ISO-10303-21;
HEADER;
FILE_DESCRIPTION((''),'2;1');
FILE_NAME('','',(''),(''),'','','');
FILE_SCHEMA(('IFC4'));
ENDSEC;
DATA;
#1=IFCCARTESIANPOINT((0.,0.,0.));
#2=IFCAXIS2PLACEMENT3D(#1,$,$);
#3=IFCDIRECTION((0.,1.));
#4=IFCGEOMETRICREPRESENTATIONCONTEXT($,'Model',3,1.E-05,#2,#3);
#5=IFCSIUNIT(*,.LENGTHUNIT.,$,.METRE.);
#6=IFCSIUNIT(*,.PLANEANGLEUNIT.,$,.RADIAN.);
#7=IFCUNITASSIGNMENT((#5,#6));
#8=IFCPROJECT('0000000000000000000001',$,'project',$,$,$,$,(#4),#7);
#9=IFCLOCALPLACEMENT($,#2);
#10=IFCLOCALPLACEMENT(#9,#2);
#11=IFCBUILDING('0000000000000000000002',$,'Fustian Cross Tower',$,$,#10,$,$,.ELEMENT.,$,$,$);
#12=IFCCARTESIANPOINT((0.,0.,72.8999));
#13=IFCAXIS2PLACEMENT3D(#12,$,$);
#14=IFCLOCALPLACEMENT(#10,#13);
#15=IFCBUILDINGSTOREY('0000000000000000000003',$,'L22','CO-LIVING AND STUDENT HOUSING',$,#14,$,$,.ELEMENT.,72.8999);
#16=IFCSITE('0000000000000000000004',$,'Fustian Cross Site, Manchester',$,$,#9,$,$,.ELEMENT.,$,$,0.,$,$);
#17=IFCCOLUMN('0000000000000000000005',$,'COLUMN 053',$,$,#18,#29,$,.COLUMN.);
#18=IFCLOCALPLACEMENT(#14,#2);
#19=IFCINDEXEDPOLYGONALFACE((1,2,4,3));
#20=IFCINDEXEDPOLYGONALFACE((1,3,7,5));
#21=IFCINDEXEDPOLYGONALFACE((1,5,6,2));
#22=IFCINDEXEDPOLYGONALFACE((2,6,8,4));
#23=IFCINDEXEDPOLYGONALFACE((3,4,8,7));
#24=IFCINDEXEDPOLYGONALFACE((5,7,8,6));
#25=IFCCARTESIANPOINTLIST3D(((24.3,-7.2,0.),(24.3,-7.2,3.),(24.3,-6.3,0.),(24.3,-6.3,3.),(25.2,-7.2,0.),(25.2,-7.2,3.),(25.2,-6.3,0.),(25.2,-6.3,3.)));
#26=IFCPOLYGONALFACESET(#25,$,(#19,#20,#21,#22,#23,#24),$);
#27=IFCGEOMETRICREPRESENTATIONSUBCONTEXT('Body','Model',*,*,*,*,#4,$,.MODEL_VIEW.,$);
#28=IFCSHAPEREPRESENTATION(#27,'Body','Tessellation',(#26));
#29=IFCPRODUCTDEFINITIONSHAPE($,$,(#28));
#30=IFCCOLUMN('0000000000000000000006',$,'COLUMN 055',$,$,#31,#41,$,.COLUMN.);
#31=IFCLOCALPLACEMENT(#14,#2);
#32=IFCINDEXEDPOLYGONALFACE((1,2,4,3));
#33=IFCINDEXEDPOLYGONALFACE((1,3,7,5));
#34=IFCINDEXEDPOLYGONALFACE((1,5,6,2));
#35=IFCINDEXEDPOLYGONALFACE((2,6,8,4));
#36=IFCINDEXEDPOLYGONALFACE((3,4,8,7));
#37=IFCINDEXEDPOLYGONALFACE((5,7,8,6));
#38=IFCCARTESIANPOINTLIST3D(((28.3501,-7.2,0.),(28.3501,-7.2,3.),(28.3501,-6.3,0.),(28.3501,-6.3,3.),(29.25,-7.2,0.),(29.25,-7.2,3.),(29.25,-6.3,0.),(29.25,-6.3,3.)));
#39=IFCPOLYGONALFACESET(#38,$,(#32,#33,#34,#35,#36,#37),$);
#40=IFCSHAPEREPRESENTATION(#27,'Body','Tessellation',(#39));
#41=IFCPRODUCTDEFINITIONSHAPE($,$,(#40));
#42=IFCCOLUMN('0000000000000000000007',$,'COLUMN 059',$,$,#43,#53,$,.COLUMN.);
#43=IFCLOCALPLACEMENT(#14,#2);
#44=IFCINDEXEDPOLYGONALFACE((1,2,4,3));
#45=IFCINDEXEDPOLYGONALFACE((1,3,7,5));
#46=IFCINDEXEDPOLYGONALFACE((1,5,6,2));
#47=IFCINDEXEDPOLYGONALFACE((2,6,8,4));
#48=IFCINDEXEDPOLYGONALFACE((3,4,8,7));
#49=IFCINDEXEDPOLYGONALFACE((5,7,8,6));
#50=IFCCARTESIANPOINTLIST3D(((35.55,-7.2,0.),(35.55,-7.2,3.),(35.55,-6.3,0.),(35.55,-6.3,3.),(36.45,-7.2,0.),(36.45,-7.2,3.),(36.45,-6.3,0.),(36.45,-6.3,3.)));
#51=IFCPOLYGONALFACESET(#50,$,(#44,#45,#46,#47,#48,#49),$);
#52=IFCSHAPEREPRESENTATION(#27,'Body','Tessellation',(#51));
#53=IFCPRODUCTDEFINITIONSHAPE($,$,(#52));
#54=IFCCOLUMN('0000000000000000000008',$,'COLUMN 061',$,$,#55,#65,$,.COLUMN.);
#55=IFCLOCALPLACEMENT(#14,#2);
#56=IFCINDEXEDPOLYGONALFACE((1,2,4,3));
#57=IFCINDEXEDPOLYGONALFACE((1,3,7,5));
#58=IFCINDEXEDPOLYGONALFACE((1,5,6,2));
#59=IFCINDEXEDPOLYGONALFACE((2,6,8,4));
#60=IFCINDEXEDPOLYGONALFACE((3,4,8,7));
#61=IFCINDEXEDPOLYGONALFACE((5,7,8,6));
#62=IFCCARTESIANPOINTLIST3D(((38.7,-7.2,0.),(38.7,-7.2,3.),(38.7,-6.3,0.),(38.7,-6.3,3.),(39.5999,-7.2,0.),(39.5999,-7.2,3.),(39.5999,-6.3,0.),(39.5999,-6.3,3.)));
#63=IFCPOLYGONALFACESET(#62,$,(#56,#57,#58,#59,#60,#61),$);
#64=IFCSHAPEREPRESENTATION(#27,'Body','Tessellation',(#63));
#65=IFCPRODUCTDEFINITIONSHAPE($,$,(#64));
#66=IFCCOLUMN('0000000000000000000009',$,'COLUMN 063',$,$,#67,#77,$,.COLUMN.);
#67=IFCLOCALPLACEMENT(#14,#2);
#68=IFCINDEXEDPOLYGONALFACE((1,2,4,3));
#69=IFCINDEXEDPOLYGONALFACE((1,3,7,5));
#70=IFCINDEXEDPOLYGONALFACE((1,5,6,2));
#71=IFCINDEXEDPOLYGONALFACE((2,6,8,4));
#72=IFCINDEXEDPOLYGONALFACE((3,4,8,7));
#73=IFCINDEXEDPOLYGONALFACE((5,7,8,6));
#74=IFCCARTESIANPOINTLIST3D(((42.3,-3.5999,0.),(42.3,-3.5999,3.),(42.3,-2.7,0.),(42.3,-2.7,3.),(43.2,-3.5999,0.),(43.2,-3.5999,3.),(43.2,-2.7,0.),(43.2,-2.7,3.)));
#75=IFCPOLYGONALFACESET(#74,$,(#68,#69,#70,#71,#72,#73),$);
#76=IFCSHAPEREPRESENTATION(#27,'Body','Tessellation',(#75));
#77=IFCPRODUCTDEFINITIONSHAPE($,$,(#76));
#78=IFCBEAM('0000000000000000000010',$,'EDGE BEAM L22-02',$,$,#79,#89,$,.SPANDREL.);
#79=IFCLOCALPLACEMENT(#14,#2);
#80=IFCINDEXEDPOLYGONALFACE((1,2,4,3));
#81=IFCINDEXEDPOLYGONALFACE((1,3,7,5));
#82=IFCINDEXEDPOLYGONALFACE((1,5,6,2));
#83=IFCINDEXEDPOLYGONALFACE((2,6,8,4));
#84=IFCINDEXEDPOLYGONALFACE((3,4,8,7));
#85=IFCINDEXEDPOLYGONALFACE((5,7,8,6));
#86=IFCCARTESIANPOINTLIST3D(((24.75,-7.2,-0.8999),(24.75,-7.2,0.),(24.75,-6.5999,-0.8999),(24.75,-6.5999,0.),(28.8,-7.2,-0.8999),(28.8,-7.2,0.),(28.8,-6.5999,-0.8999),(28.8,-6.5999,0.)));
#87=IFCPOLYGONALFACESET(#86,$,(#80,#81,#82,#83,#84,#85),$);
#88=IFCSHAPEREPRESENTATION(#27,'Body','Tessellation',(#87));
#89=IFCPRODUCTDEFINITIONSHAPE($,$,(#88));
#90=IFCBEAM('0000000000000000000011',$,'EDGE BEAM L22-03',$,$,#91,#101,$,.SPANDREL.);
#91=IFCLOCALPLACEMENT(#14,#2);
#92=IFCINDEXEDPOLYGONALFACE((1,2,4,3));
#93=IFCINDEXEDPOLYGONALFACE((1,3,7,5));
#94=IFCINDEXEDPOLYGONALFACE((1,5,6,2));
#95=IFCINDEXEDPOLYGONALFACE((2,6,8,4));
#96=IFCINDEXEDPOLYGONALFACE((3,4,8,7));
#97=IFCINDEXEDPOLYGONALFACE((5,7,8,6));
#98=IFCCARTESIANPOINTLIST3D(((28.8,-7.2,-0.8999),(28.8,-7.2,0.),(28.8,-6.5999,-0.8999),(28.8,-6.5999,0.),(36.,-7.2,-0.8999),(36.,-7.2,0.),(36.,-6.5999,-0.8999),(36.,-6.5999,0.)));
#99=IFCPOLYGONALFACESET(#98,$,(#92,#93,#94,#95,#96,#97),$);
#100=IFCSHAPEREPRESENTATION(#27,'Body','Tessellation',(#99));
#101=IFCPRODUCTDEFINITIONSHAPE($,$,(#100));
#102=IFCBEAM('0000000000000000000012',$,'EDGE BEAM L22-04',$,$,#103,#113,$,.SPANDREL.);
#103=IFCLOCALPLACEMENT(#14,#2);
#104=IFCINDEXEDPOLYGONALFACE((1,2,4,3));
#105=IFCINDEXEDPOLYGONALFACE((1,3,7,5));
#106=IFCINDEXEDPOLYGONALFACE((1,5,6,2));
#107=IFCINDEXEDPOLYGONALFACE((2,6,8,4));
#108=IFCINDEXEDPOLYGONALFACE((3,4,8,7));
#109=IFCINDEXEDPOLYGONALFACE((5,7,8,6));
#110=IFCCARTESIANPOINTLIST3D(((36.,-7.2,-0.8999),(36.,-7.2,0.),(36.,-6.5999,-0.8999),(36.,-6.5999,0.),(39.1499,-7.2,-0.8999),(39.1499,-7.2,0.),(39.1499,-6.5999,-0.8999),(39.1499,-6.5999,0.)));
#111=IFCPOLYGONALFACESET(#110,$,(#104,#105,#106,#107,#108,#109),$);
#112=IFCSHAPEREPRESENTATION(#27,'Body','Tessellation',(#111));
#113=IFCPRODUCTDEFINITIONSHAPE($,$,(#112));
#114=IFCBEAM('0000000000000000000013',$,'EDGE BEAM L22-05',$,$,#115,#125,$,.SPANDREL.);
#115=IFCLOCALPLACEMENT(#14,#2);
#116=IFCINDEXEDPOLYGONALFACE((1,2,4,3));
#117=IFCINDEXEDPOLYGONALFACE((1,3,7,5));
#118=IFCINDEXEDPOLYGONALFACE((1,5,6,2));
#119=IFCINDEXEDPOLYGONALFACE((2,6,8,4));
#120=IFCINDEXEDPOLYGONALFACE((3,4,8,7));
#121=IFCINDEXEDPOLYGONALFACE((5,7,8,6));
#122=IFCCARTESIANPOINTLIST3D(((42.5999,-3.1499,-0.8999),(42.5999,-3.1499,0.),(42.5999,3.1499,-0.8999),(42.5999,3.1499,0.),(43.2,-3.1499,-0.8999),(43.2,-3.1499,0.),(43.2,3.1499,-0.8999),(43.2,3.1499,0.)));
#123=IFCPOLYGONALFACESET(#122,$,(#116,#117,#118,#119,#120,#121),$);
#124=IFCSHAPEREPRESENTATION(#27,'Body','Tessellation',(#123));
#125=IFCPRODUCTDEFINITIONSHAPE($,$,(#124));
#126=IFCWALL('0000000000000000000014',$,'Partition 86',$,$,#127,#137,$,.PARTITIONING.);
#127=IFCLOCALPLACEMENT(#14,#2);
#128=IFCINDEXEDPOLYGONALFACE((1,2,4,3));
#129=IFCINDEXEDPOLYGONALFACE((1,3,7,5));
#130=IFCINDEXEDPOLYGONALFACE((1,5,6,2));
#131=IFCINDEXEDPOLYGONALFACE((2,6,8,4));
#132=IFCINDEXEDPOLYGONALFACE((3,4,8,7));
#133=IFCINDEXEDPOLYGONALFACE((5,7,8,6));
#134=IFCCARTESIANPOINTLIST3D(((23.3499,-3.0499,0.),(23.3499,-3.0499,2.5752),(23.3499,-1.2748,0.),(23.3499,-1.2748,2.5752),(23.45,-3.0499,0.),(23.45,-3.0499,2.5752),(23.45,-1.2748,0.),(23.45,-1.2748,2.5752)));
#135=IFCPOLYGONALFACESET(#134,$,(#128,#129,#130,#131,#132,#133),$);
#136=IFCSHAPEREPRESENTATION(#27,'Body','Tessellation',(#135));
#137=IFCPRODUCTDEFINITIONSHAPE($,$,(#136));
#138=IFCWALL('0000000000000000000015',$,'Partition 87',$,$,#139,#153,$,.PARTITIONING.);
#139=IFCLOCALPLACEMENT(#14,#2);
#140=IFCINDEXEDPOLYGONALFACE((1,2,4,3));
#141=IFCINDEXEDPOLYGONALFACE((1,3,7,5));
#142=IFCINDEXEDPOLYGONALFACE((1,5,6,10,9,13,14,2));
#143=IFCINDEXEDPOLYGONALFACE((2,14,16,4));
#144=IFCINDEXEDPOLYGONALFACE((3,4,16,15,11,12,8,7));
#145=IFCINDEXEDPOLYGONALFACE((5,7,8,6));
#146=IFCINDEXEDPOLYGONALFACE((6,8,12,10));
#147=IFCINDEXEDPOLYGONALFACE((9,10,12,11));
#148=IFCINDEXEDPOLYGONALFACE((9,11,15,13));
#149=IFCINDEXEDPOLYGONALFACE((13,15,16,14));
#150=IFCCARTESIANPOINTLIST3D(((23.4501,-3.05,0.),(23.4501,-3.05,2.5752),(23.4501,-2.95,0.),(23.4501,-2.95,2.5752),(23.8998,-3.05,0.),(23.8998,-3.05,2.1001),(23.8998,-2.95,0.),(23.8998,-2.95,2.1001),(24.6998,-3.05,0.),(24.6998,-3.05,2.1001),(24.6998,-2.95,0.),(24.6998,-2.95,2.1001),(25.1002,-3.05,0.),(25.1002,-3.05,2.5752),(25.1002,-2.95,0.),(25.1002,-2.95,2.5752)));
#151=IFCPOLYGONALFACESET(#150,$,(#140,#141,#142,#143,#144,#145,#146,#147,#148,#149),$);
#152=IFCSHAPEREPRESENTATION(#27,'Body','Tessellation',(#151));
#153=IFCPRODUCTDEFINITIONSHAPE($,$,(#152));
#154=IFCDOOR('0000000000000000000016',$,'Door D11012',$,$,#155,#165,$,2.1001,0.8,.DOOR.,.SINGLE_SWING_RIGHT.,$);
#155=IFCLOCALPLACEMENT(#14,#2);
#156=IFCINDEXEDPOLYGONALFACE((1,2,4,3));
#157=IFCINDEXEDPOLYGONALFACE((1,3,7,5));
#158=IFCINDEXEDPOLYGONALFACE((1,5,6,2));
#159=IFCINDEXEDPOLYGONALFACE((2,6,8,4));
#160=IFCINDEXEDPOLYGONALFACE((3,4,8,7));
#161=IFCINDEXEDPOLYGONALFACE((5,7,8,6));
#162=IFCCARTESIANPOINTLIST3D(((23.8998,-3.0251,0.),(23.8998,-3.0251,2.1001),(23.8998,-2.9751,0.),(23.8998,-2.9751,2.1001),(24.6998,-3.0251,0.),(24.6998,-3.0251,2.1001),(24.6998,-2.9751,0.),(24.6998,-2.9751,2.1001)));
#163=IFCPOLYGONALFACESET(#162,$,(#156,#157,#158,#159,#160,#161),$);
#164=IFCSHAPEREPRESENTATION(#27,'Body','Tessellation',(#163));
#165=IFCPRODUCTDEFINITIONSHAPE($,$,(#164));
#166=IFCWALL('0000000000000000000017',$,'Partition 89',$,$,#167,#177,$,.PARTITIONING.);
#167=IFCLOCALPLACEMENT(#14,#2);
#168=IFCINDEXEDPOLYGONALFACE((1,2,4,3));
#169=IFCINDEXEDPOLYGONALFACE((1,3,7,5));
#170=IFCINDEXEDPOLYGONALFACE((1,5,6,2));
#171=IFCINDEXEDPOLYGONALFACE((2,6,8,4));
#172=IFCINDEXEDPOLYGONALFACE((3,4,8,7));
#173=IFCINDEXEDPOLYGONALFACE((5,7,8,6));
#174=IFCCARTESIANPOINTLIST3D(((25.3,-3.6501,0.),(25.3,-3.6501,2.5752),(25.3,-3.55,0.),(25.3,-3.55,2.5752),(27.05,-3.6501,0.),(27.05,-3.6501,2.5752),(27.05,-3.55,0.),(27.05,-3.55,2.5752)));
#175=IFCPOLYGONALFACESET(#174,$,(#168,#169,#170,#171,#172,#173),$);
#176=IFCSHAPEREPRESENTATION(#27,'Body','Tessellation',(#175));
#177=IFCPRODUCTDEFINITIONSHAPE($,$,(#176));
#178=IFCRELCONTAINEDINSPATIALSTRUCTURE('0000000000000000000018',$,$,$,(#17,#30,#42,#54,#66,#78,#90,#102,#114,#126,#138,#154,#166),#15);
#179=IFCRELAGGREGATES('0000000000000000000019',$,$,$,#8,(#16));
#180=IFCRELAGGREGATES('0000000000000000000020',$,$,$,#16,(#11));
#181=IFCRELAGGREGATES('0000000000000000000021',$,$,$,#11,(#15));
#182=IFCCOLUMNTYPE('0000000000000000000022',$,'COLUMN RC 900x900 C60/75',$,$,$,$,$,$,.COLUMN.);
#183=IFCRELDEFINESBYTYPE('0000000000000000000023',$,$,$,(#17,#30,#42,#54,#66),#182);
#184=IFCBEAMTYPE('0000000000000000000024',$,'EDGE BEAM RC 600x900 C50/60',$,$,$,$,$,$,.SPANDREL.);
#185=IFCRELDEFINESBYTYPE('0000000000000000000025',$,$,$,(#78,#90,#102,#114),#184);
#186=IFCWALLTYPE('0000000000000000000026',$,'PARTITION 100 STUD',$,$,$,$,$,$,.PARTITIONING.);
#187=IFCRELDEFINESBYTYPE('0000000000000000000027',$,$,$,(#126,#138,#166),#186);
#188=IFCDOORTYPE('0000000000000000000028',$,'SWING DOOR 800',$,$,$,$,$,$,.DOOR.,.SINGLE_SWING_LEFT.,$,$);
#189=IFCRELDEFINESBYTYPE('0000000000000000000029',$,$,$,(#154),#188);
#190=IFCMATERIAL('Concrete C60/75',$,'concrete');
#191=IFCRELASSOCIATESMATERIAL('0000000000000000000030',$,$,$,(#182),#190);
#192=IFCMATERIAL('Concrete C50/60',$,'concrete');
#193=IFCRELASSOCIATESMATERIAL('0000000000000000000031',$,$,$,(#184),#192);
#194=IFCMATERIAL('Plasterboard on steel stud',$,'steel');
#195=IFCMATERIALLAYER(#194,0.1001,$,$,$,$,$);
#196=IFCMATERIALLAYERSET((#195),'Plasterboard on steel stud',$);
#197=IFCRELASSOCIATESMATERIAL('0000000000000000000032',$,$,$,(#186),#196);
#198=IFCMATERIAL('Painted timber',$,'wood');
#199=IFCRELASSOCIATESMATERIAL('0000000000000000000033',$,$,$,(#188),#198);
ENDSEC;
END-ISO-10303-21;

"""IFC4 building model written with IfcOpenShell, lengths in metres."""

from ifc_helpers import new_model, si_unit, direction, frame, frame_2d, origin, origin_2d, place, context, subcontext, project, spatial, rectangle, extrude, material, layer, layer_set, material_profile, profile_set, type_object, element, fill, save


model = new_model("IFC4")

# Units and contexts
model_context = context("Model", 3, precision=1e-05, world=origin(), true_north=direction((0.0, 1.0)))
body_context = subcontext(model_context, "Body", "Model", "MODEL_VIEW")
ifc_project = project(units=[si_unit("LENGTHUNIT", "METRE"), si_unit("PLANEANGLEUNIT", "RADIAN")], contexts=[model_context])

# Site, building, storey
site_placement = place(None, origin())
site = spatial("IfcSite", under=ifc_project, at=site_placement, Name="Fustian Cross Site, Manchester", CompositionType="ELEMENT", RefElevation=0.0)
building_placement = place(site_placement, origin())
building = spatial("IfcBuilding", under=site, at=building_placement, Name="Fustian Cross Tower", CompositionType="ELEMENT")
storey_placement = place(building_placement, frame((0.0, 0.0, 72.8999)))
storey = spatial("IfcBuildingStorey", under=building, at=storey_placement, Name="L22", Description="CO-LIVING AND STUDENT HOUSING", CompositionType="ELEMENT", Elevation=72.8999)

# Columns
ifc_material_1 = material(Name="Concrete C60/75", Category="concrete")
ifc_material_profile_1 = material_profile(ifc_material_1, rectangle(XDim=0.8999, YDim=0.8999, at=origin_2d()), Name="RC 900x900")
ifc_profile_set_1 = profile_set([ifc_material_profile_1], Name="Concrete C60/75")
column_type = type_object("IfcColumnType", Name="COLUMN RC 900x900 C60/75", PredefinedType="COLUMN", material=ifc_profile_set_1)
for number, where, z_axis, x_axis, name in (
    (1, (24.75, -6.75, 0.0), (0.0, 0.0, 1.0), (1.0, 0.0, 0.0), "COLUMN 053"),
    (2, (28.8, -6.75, 0.0), (0.0, 0.0, 1.0), (1.0, 0.0, 0.0), "COLUMN 055"),
    (3, (36.0, -6.75, 0.0), (0.0, 0.0, 1.0), (1.0, 0.0, 0.0), "COLUMN 059"),
    (4, (39.1499, -6.75, 0.0), (0.0, 0.0, 1.0), (1.0, 0.0, 0.0), "COLUMN 061"),
    (5, (42.75, -3.1499, 0.0), (0.0, 0.0, 1.0), (1.0, 0.0, 0.0), "COLUMN 063"),
):
    element("IfcColumn", number, at=place(storey_placement, frame(where, z_axis=z_axis, x_axis=x_axis)), inside=storey, type_object=column_type, Name=name, PredefinedType="COLUMN", context=body_context, shape_type="SweptSolid", body=[
        extrude(rectangle(XDim=0.8999, YDim=0.8999, at=origin_2d()), origin(), (0.0, 0.0, 1.0), 3.0),
    ])

# Beams
ifc_material_2 = material(Name="Concrete C50/60", Category="concrete")
ifc_material_profile_2 = material_profile(ifc_material_2, rectangle(XDim=0.6001, YDim=0.8999, at=origin_2d()), Name="RC 600x900")
ifc_profile_set_2 = profile_set([ifc_material_profile_2], Name="Concrete C50/60")
beam_type = type_object("IfcBeamType", Name="EDGE BEAM RC 600x900 C50/60", PredefinedType="SPANDREL", material=ifc_profile_set_2)
beam_1_placement = place(storey_placement, frame((24.75, -6.8999, -0.45), z_axis=(1.0, 0.0, 0.0), x_axis=(0.0, 1.0, 0.0)))
element("IfcBeam", 6, at=beam_1_placement, inside=storey, type_object=beam_type, Name="EDGE BEAM L22-02", PredefinedType="SPANDREL", context=body_context, shape_type="SweptSolid", body=[
    extrude(rectangle(XDim=0.6001, YDim=0.8999, at=origin_2d()), origin(), (0.0, 0.0, 1.0), 4.05),
])
beam_2_placement = place(storey_placement, frame((28.8, -6.8999, -0.45), z_axis=(1.0, 0.0, 0.0), x_axis=(0.0, 1.0, 0.0)))
element("IfcBeam", 7, at=beam_2_placement, inside=storey, type_object=beam_type, Name="EDGE BEAM L22-03", PredefinedType="SPANDREL", context=body_context, shape_type="SweptSolid", body=[
    extrude(rectangle(XDim=0.6001, YDim=0.8999, at=origin_2d()), origin(), (0.0, 0.0, 1.0), 7.2),
])
beam_3_placement = place(storey_placement, frame((36.0, -6.8999, -0.45), z_axis=(1.0, 0.0, 0.0), x_axis=(0.0, 1.0, 0.0)))
element("IfcBeam", 8, at=beam_3_placement, inside=storey, type_object=beam_type, Name="EDGE BEAM L22-04", PredefinedType="SPANDREL", context=body_context, shape_type="SweptSolid", body=[
    extrude(rectangle(XDim=0.6001, YDim=0.8999, at=origin_2d()), origin(), (0.0, 0.0, 1.0), 3.1499),
])
beam_4_placement = place(storey_placement, frame((42.8999, -3.1499, -0.45), z_axis=(0.0, 1.0, 0.0), x_axis=(-1.0, 0.0, 0.0)))
element("IfcBeam", 9, at=beam_4_placement, inside=storey, type_object=beam_type, Name="EDGE BEAM L22-05", PredefinedType="SPANDREL", context=body_context, shape_type="SweptSolid", body=[
    extrude(rectangle(XDim=0.6001, YDim=0.8999, at=origin_2d()), origin(), (0.0, 0.0, 1.0), 6.2998),
])

# Wall
ifc_material_3 = material(Name="Plasterboard on steel stud", Category="steel")
ifc_layer_1 = layer(ifc_material_3, 0.1001)
ifc_layer_set_1 = layer_set([ifc_layer_1], Name="Plasterboard on steel stud")
wall_type_1 = type_object("IfcWallType", Name="PARTITION 100 STUD", PredefinedType="PARTITIONING", material=ifc_layer_set_1)
wall_1_placement = place(storey_placement, frame((23.3999, -3.05, 0.0), z_axis=(0.0, 0.0, 1.0), x_axis=(0.0, 1.0, 0.0)))
element("IfcWall", 10, at=wall_1_placement, inside=storey, type_object=wall_type_1, Name="Partition 86", PredefinedType="PARTITIONING", context=body_context, shape_type="SweptSolid", body=[
    extrude(rectangle(XDim=1.7751, YDim=0.1001, at=frame_2d((0.8877, 0.0))), origin(), (0.0, 0.0, 1.0), 2.5752),
])

# Wall, opening, door
wall_2_placement = place(storey_placement, frame((23.45, -3.0, 0.0), z_axis=(0.0, 0.0, 1.0), x_axis=(1.0, 0.0, 0.0)))
wall_2 = element("IfcWall", 11, at=wall_2_placement, inside=storey, type_object=wall_type_1, Name="Partition 87", PredefinedType="PARTITIONING", context=body_context, shape_type="SweptSolid", body=[
    extrude(rectangle(XDim=1.6501, YDim=0.1001, at=frame_2d((0.8252, 0.0))), origin(), (0.0, 0.0, 1.0), 2.5752),
])
opening_1_placement = place(wall_2_placement, frame((0.45, 0.0, 0.0)))
opening_1 = element("IfcOpeningElement", 12, at=opening_1_placement, cuts=wall_2, PredefinedType="OPENING", context=body_context, shape_type="SweptSolid", body=[
    extrude(rectangle(XDim=0.8, YDim=2.1001, at=frame_2d((0.3999, 1.05))), frame((0.0, 0.0601, 0.0), z_axis=(0.0, -1.0, 0.0), x_axis=(1.0, 0.0, 0.0)), (0.0, 0.0, 1.0), 0.1201),
])
ifc_material_4 = material(Name="Painted timber", Category="wood")
door_type = type_object("IfcDoorType", Name="SWING DOOR 800", OperationType="SINGLE_SWING_LEFT", PredefinedType="DOOR", material=ifc_material_4)
door_1_placement = place(opening_1_placement, origin())
door_1 = element("IfcDoor", 13, at=door_1_placement, inside=storey, type_object=door_type, Name="Door D11012", OperationType="SINGLE_SWING_RIGHT", OverallHeight=2.1001, OverallWidth=0.8, PredefinedType="DOOR", context=body_context, shape_type="SweptSolid", body=[
    extrude(rectangle(XDim=0.8, YDim=2.1001, at=frame_2d((0.3999, 1.05))), frame((0.0, 0.0249, 0.0), z_axis=(0.0, -1.0, 0.0), x_axis=(1.0, 0.0, 0.0)), (0.0, 0.0, 1.0), 0.05),
])
fill(opening_1, door_1)

# Wall
wall_3_placement = place(storey_placement, frame((25.3, -3.6001, 0.0), z_axis=(0.0, 0.0, 1.0), x_axis=(1.0, 0.0, 0.0)))
element("IfcWall", 14, at=wall_3_placement, inside=storey, type_object=wall_type_1, Name="Partition 89", PredefinedType="PARTITIONING", context=body_context, shape_type="SweptSolid", body=[
    extrude(rectangle(XDim=1.75, YDim=0.1001, at=frame_2d((0.875, 0.0))), origin(), (0.0, 0.0, 1.0), 2.5752),
])

save(model, "model.ifc")
